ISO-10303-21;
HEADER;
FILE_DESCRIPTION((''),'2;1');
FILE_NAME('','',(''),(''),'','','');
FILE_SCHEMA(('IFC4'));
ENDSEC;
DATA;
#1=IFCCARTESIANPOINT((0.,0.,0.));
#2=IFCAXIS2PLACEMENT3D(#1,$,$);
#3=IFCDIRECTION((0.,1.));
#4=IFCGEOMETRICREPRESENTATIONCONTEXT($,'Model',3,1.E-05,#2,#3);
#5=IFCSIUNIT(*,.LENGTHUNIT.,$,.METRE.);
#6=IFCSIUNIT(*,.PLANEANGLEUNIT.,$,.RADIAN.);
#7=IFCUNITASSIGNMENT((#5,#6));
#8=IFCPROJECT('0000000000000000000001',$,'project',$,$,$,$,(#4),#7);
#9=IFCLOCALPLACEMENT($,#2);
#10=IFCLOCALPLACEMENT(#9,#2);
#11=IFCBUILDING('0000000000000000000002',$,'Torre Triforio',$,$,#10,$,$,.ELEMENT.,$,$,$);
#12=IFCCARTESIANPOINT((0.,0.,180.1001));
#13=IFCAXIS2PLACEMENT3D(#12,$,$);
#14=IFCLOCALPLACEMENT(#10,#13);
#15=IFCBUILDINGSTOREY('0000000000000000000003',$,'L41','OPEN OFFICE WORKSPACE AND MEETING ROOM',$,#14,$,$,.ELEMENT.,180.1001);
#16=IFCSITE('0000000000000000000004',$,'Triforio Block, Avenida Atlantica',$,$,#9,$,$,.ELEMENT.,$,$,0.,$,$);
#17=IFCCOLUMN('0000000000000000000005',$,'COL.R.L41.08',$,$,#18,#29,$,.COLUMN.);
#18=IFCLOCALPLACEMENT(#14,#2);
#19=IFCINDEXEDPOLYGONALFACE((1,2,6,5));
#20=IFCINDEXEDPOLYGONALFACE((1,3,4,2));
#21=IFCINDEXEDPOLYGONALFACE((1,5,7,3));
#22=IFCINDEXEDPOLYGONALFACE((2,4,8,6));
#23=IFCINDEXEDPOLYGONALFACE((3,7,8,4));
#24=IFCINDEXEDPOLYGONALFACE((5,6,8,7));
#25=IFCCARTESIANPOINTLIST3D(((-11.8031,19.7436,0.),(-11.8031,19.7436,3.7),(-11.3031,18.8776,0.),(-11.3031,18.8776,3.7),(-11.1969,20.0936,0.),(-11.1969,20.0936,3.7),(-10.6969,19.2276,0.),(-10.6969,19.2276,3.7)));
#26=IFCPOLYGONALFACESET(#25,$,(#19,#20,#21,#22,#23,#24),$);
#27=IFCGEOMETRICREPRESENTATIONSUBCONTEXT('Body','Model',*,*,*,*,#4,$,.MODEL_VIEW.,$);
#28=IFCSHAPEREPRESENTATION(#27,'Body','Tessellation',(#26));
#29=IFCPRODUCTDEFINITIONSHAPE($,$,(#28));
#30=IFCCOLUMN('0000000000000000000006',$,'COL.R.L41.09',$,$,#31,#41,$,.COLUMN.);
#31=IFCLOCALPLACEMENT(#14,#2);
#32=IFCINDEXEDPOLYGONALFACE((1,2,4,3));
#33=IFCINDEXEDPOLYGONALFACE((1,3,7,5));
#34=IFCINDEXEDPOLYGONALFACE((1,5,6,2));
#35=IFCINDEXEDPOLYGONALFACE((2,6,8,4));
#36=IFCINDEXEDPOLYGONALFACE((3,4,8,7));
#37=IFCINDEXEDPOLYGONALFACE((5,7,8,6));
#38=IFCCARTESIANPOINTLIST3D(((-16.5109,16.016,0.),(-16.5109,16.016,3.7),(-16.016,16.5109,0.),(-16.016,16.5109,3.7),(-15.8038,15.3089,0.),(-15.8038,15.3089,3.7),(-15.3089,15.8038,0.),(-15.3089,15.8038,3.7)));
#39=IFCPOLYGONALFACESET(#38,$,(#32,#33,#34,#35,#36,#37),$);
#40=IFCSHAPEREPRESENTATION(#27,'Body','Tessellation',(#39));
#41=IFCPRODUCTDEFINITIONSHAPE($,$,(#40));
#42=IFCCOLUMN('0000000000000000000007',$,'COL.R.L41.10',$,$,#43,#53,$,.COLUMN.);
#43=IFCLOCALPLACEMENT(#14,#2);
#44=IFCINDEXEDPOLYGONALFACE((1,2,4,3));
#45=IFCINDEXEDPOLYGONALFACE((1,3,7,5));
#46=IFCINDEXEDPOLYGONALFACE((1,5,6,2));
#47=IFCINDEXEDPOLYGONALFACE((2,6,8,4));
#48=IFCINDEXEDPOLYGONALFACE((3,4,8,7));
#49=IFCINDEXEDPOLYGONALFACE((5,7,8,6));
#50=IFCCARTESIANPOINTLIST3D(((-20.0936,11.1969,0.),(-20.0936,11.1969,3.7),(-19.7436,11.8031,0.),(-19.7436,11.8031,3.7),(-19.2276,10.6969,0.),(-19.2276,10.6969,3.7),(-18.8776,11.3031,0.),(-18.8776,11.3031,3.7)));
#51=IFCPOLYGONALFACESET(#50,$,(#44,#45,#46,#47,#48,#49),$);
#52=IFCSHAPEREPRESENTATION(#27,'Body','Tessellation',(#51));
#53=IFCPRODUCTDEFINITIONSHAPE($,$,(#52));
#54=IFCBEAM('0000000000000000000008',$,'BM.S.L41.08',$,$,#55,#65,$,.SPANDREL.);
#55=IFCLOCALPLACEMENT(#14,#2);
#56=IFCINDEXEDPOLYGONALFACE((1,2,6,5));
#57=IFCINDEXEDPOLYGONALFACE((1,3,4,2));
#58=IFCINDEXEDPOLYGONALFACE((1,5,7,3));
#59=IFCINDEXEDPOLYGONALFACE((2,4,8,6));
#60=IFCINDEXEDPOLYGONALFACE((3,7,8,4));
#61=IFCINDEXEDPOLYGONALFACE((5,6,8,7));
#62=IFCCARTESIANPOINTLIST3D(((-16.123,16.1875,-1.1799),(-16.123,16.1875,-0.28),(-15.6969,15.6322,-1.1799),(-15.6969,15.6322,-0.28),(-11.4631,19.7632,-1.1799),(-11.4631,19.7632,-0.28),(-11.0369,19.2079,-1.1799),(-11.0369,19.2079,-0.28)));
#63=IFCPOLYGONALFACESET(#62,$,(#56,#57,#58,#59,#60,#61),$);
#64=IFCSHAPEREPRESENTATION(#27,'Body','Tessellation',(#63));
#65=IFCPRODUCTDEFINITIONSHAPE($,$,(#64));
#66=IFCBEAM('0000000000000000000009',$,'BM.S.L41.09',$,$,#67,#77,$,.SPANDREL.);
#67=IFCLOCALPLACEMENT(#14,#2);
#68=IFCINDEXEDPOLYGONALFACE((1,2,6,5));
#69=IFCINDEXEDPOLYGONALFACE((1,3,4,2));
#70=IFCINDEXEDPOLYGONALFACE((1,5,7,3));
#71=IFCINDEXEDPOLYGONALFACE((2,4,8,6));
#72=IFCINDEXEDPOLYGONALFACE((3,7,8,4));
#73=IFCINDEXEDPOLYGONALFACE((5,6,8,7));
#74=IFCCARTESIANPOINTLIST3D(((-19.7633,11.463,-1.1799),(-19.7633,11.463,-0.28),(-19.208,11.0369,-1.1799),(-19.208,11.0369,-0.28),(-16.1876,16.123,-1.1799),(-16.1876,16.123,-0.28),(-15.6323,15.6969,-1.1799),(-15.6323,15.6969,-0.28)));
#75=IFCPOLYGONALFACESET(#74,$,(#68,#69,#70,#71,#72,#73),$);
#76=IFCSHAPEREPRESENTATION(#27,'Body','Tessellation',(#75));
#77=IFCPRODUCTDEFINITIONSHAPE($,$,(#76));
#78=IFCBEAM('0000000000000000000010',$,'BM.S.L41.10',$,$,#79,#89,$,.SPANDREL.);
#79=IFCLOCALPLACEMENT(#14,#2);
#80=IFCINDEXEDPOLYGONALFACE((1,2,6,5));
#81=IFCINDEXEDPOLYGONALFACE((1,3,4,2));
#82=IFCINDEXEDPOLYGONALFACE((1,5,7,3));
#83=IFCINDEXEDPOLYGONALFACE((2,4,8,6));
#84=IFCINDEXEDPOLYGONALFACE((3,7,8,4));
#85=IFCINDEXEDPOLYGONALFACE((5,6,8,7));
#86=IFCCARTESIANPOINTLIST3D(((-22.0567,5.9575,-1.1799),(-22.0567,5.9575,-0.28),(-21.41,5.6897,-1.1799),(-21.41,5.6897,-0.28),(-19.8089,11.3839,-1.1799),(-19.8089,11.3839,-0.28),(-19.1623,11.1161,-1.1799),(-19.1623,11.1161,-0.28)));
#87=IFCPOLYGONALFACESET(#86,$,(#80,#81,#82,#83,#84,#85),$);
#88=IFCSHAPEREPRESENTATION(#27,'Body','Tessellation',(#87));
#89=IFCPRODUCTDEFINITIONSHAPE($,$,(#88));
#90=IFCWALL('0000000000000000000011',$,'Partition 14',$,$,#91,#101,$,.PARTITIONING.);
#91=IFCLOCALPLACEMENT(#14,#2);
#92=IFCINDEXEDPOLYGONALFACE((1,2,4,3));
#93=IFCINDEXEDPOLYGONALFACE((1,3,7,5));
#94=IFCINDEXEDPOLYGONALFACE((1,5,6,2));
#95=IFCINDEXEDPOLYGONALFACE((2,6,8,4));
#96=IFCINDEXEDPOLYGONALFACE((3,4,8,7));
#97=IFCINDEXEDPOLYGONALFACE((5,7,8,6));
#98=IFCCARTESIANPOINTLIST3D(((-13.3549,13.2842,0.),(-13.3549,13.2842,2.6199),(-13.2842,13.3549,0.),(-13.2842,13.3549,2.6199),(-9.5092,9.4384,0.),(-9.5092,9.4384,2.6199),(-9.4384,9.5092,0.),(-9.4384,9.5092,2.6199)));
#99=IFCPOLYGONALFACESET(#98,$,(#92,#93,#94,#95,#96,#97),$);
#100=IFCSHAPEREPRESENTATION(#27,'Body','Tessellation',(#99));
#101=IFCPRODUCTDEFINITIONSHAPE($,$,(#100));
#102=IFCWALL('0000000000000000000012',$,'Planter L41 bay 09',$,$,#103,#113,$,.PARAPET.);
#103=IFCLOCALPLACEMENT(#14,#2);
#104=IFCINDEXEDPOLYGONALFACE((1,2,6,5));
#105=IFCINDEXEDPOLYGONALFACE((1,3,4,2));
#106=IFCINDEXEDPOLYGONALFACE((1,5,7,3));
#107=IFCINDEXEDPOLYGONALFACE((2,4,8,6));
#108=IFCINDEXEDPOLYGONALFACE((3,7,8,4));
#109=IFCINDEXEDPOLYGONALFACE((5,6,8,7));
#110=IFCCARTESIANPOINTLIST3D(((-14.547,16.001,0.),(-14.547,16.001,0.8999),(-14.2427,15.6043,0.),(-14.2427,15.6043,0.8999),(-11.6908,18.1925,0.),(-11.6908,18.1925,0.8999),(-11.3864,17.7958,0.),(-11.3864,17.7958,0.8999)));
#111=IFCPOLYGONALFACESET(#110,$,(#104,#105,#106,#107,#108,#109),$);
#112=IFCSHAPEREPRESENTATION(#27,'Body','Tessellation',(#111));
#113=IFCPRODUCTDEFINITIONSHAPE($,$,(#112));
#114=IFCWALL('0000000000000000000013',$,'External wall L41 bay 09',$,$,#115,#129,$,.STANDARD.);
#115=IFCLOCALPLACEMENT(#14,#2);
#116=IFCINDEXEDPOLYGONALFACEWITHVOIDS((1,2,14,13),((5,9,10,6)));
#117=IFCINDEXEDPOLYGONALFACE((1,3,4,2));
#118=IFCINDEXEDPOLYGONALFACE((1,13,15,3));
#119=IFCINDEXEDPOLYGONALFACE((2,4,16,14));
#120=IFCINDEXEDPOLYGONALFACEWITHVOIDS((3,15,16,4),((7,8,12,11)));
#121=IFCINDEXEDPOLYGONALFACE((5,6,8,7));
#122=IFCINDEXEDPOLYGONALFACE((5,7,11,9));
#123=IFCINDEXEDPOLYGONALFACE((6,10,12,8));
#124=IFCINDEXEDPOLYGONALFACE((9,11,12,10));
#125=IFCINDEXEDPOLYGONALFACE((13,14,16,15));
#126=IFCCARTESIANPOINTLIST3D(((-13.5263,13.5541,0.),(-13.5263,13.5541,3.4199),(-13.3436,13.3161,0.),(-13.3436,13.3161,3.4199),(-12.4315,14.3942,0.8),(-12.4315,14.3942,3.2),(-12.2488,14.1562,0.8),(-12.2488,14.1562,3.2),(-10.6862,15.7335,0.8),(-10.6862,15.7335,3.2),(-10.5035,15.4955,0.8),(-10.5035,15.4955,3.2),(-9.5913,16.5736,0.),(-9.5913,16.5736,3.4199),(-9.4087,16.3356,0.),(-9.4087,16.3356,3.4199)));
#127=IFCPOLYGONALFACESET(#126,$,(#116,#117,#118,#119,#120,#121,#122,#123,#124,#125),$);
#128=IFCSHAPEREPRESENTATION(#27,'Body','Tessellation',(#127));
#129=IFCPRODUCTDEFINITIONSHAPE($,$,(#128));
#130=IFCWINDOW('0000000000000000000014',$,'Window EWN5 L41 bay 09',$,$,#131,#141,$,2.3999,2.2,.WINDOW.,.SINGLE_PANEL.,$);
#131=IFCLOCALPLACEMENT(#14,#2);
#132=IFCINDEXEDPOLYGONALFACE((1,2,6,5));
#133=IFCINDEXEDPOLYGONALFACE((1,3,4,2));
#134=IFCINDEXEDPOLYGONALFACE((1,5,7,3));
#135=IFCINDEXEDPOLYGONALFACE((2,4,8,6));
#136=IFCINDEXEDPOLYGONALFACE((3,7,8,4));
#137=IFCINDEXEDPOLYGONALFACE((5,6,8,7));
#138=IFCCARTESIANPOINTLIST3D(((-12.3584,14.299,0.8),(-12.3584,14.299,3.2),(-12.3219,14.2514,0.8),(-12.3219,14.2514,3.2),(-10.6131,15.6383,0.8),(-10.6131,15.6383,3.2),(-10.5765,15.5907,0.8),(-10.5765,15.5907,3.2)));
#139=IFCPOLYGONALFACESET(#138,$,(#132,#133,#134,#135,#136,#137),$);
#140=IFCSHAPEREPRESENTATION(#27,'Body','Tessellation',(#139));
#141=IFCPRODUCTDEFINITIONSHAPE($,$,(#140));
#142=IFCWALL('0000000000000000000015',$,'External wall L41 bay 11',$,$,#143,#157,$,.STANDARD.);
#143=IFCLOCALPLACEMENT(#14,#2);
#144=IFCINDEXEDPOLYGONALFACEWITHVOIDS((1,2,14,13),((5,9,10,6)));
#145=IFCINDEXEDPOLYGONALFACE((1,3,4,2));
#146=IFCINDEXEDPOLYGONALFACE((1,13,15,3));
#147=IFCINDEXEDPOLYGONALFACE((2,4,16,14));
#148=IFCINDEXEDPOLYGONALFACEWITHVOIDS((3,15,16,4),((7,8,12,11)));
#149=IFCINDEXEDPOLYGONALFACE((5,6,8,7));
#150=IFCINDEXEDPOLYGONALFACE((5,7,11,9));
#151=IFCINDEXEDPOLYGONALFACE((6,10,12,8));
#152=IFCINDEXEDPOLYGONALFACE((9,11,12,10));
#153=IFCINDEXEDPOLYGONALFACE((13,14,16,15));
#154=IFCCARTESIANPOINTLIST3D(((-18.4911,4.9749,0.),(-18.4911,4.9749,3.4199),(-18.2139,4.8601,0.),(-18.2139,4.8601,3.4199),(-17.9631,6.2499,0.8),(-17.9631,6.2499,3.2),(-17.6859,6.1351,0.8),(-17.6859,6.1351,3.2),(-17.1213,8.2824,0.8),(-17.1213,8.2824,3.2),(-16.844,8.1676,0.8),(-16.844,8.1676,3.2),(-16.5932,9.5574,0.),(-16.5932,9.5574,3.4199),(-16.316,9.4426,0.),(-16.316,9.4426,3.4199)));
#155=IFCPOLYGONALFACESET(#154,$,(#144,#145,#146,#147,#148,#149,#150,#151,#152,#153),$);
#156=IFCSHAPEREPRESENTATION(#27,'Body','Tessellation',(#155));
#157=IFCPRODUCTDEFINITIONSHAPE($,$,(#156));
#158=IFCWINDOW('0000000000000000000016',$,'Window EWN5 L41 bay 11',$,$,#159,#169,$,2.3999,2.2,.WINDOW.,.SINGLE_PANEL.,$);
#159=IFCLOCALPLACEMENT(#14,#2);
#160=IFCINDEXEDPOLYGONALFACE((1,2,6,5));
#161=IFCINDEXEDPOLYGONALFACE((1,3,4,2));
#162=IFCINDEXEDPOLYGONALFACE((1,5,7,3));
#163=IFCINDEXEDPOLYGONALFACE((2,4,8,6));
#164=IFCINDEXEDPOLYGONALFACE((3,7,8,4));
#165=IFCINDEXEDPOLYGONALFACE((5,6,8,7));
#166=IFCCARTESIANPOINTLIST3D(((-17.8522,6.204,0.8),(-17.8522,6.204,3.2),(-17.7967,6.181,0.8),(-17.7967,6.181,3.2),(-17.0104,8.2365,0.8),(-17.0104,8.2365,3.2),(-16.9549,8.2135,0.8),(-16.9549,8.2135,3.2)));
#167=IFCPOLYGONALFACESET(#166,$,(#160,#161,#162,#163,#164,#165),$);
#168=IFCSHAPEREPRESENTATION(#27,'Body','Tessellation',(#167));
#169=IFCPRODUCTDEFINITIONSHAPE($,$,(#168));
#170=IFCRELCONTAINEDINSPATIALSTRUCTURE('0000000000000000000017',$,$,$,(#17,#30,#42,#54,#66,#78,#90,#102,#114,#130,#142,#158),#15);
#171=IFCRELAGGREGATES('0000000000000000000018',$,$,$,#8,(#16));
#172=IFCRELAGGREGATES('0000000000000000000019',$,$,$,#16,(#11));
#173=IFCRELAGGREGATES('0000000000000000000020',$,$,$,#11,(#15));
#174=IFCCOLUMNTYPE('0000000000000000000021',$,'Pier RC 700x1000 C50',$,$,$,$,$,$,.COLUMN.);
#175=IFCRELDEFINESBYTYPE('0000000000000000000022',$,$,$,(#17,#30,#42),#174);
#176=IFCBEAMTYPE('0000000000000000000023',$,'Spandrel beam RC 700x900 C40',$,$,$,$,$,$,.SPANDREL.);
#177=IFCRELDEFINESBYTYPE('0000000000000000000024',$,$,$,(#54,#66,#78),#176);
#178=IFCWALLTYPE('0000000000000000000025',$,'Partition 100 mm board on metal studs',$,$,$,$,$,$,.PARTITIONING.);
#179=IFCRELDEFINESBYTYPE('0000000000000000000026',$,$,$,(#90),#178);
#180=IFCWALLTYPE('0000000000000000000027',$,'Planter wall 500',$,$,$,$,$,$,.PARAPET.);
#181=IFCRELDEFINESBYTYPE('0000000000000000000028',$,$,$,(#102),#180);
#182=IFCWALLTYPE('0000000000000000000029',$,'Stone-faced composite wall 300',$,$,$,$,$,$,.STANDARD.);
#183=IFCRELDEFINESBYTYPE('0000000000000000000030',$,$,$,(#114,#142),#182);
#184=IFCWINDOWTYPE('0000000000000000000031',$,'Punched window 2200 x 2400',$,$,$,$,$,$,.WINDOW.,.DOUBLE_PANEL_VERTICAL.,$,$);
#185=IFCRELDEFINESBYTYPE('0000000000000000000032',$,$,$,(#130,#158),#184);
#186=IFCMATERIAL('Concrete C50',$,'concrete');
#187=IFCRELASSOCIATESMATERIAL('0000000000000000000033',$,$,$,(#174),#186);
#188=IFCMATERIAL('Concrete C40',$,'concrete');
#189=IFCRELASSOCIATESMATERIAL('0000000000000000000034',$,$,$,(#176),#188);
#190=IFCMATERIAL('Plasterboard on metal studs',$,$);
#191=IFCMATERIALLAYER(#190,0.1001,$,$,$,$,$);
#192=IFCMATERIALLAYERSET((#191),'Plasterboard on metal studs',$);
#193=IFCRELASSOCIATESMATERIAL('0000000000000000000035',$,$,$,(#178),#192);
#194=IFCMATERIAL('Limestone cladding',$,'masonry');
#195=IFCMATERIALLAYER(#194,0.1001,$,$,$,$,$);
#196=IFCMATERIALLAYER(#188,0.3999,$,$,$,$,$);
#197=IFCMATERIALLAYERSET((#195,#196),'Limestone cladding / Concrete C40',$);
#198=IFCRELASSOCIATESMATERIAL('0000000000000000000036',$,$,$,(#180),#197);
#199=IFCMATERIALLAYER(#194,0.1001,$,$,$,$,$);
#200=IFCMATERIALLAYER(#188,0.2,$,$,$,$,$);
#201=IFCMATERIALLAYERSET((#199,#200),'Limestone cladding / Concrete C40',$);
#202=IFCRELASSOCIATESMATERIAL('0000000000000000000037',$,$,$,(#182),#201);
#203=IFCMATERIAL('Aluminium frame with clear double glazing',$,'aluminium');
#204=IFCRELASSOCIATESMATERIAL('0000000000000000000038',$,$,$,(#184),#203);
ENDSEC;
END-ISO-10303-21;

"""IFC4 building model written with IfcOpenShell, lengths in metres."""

from ifc_helpers import new_model, si_unit, direction, frame, frame_2d, origin, origin_2d, place, context, subcontext, project, spatial, rectangle, extrude, material, layer, layer_set, material_profile, profile_set, type_object, element, fill, save


model = new_model("IFC4")

# Units and contexts
model_context = context("Model", 3, precision=1e-05, world=origin(), true_north=direction((0.0, 1.0)))
body_context = subcontext(model_context, "Body", "Model", "MODEL_VIEW")
ifc_project = project(units=[si_unit("LENGTHUNIT", "METRE"), si_unit("PLANEANGLEUNIT", "RADIAN")], contexts=[model_context])

# Site, building, storey
site_placement = place(None, origin())
site = spatial("IfcSite", under=ifc_project, at=site_placement, Name="Triforio Block, Avenida Atlantica", CompositionType="ELEMENT", RefElevation=0.0)
building_placement = place(site_placement, origin())
building = spatial("IfcBuilding", under=site, at=building_placement, Name="Torre Triforio", CompositionType="ELEMENT")
storey_placement = place(building_placement, frame((0.0, 0.0, 180.1001)))
storey = spatial("IfcBuildingStorey", under=building, at=storey_placement, Name="L41", Description="OPEN OFFICE WORKSPACE AND MEETING ROOM", CompositionType="ELEMENT", Elevation=180.1001)

# Columns
ifc_material_1 = material(Name="Concrete C50", Category="concrete")
ifc_material_profile_1 = material_profile(ifc_material_1, rectangle(XDim=0.7, YDim=1.0, at=origin_2d()), Name="RC 700x1000")
ifc_profile_set_1 = profile_set([ifc_material_profile_1], Name="Concrete C50")
column_type = type_object("IfcColumnType", Name="Pier RC 700x1000 C50", PredefinedType="COLUMN", material=ifc_profile_set_1)
for number, where, z_axis, x_axis, name in (
    (1, (-11.25, 19.4856, 0.0), (0.0, 0.0, 1.0), (-0.866025, -0.5, 0.0), "COL.R.L41.08"),
    (2, (-15.9099, 15.9099, 0.0), (0.0, 0.0, 1.0), (-0.707107, -0.707107, 0.0), "COL.R.L41.09"),
    (3, (-19.4856, 11.25, 0.0), (0.0, 0.0, 1.0), (-0.5, -0.866025, 0.0), "COL.R.L41.10"),
):
    element("IfcColumn", number, at=place(storey_placement, frame(where, z_axis=z_axis, x_axis=x_axis)), inside=storey, type_object=column_type, Name=name, PredefinedType="COLUMN", context=body_context, shape_type="SweptSolid", body=[
        extrude(rectangle(XDim=0.7, YDim=1.0, at=origin_2d()), origin(), (0.0, 0.0, 1.0), 3.7),
    ])

# Beams
ifc_material_2 = material(Name="Concrete C40", Category="concrete")
ifc_material_profile_2 = material_profile(ifc_material_2, rectangle(XDim=0.7, YDim=0.8999, at=origin_2d()), Name="RC 700x900")
ifc_profile_set_2 = profile_set([ifc_material_profile_2], Name="Concrete C40")
beam_type = type_object("IfcBeamType", Name="Spandrel beam RC 700x900 C40", PredefinedType="SPANDREL", material=ifc_profile_set_2)
for number, where, z_axis, x_axis, name in (
    (4, (-11.25, 19.4856, -0.73), (-0.793353, -0.608762, 0.0), (0.608762, -0.793353, 0.0), "BM.S.L41.08"),
    (5, (-15.9099, 15.9099, -0.73), (-0.608762, -0.793353, 0.0), (0.793353, -0.608762, 0.0), "BM.S.L41.09"),
):
    element("IfcBeam", number, at=place(storey_placement, frame(where, z_axis=z_axis, x_axis=x_axis)), inside=storey, type_object=beam_type, Name=name, PredefinedType="SPANDREL", context=body_context, shape_type="SweptSolid", body=[
        extrude(rectangle(XDim=0.7, YDim=0.8999, at=origin_2d()), origin(), (0.0, 0.0, 1.0), 5.8738),
    ])
beam_placement = place(storey_placement, frame((-19.4856, 11.25, -0.73), z_axis=(-0.382693, -0.923875, 0.0), x_axis=(0.923875, -0.382693, 0.0)))
element("IfcBeam", 6, at=beam_placement, inside=storey, type_object=beam_type, Name="BM.S.L41.10", PredefinedType="SPANDREL", context=body_context, shape_type="SweptSolid", body=[
    extrude(rectangle(XDim=0.7, YDim=0.8999, at=origin_2d()), origin(), (0.0, 0.0, 1.0), 5.8735),
])

# Walls
ifc_material_3 = material(Name="Plasterboard on metal studs")
ifc_layer_1 = layer(ifc_material_3, 0.1001)
ifc_layer_set_1 = layer_set([ifc_layer_1], Name="Plasterboard on metal studs")
wall_type_1 = type_object("IfcWallType", Name="Partition 100 mm board on metal studs", PredefinedType="PARTITIONING", material=ifc_layer_set_1)
wall_1_placement = place(storey_placement, frame((-9.4739, 9.4739, 0.0), z_axis=(0.0, 0.0, 1.0), x_axis=(-0.707107, 0.707107, 0.0)))
element("IfcWall", 7, at=wall_1_placement, inside=storey, type_object=wall_type_1, Name="Partition 14", PredefinedType="PARTITIONING", context=body_context, shape_type="SweptSolid", body=[
    extrude(rectangle(XDim=5.4387, YDim=0.1001, at=frame_2d((2.7192, 0.0))), origin(), (0.0, 0.0, 1.0), 2.6199),
])
ifc_material_4 = material(Name="Limestone cladding", Category="masonry")
ifc_layer_2 = layer(ifc_material_4, 0.1001)
ifc_layer_3 = layer(ifc_material_2, 0.3999)
ifc_layer_set_2 = layer_set([ifc_layer_2, ifc_layer_3], Name="Limestone cladding / Concrete C40")
wall_type_2 = type_object("IfcWallType", Name="Planter wall 500", PredefinedType="PARAPET", material=ifc_layer_set_2)
wall_2_placement = place(storey_placement, frame((-11.5386, 17.9941, 0.0), z_axis=(0.0, 0.0, 1.0), x_axis=(-0.793385, -0.608721, 0.0)))
element("IfcWall", 8, at=wall_2_placement, inside=storey, type_object=wall_type_2, Name="Planter L41 bay 09", PredefinedType="PARAPET", context=body_context, shape_type="SweptSolid", body=[
    extrude(rectangle(XDim=3.6001, YDim=0.5, at=frame_2d((1.8, 0.0))), origin(), (0.0, 0.0, 1.0), 0.8999),
])

# Wall, opening, window
ifc_layer_4 = layer(ifc_material_4, 0.1001)
ifc_layer_5 = layer(ifc_material_2, 0.2)
ifc_layer_set_3 = layer_set([ifc_layer_4, ifc_layer_5], Name="Limestone cladding / Concrete C40")
wall_type_3 = type_object("IfcWallType", Name="Stone-faced composite wall 300", PredefinedType="STANDARD", material=ifc_layer_set_3)
wall_3_placement = place(storey_placement, frame((-9.5, 16.4546, 0.0), z_axis=(0.0, 0.0, 1.0), x_axis=(-0.793348, -0.608768, 0.0)))
wall_3 = element("IfcWall", 9, at=wall_3_placement, inside=storey, type_object=wall_type_3, Name="External wall L41 bay 09", PredefinedType="STANDARD", context=body_context, shape_type="SweptSolid", body=[
    extrude(rectangle(XDim=4.96, YDim=0.3, at=frame_2d((2.48, 0.0))), origin(), (0.0, 0.0, 1.0), 3.4199),
])
opening_1_placement = place(wall_3_placement, frame((1.3799, 0.0, 0.8)))
opening_1 = element("IfcOpeningElement", 10, at=opening_1_placement, cuts=wall_3, PredefinedType="OPENING", context=body_context, shape_type="SweptSolid", body=[
    extrude(rectangle(XDim=2.2, YDim=2.3999, at=frame_2d((1.1001, 1.2))), frame((0.0, 0.1599, 0.0), z_axis=(0.0, -1.0, 0.0), x_axis=(1.0, 0.0, 0.0)), (0.0, 0.0, 1.0), 0.3201),
])
ifc_material_5 = material(Name="Aluminium frame with clear double glazing", Category="aluminium")
window_type_1 = type_object("IfcWindowType", Name="Punched window 2200 x 2400", PartitioningType="DOUBLE_PANEL_VERTICAL", PredefinedType="WINDOW", material=ifc_material_5)
window_1_placement = place(opening_1_placement, origin())
window_1 = element("IfcWindow", 11, at=window_1_placement, inside=storey, type_object=window_type_1, Name="Window EWN5 L41 bay 09", OverallHeight=2.3999, OverallWidth=2.2, PartitioningType="SINGLE_PANEL", PredefinedType="WINDOW", context=body_context, shape_type="SweptSolid", body=[
    extrude(rectangle(XDim=2.2, YDim=2.3999, at=frame_2d((1.1001, 1.2))), frame((0.0, 0.03, 0.0), z_axis=(0.0, -1.0, 0.0), x_axis=(1.0, 0.0, 0.0)), (0.0, 0.0, 1.0), 0.0601),
])
fill(opening_1, window_1)

# Wall, opening, window
wall_4_placement = place(storey_placement, frame((-16.4546, 9.5, 0.0), z_axis=(0.0, 0.0, 1.0), x_axis=(-0.38265, -0.923893, 0.0)))
wall_4 = element("IfcWall", 12, at=wall_4_placement, inside=storey, type_object=wall_type_3, Name="External wall L41 bay 11", PredefinedType="STANDARD", context=body_context, shape_type="SweptSolid", body=[
    extrude(rectangle(XDim=4.96, YDim=0.3, at=frame_2d((2.48, 0.0))), origin(), (0.0, 0.0, 1.0), 3.4199),
])
opening_2_placement = place(wall_4_placement, frame((1.3799, 0.0, 0.8)))
opening_2 = element("IfcOpeningElement", 13, at=opening_2_placement, cuts=wall_4, PredefinedType="OPENING", context=body_context, shape_type="SweptSolid", body=[
    extrude(rectangle(XDim=2.2, YDim=2.3999, at=frame_2d((1.1001, 1.2))), frame((0.0, 0.1599, 0.0), z_axis=(0.0, -1.0, 0.0), x_axis=(1.0, 0.0, 0.0)), (0.0, 0.0, 1.0), 0.3201),
])
window_2_placement = place(opening_2_placement, origin())
window_2 = element("IfcWindow", 14, at=window_2_placement, inside=storey, type_object=window_type_1, Name="Window EWN5 L41 bay 11", OverallHeight=2.3999, OverallWidth=2.2, PartitioningType="SINGLE_PANEL", PredefinedType="WINDOW", context=body_context, shape_type="SweptSolid", body=[
    extrude(rectangle(XDim=2.2, YDim=2.3999, at=frame_2d((1.1001, 1.2))), frame((0.0, 0.03, 0.0), z_axis=(0.0, -1.0, 0.0), x_axis=(1.0, 0.0, 0.0)), (0.0, 0.0, 1.0), 0.0601),
])
fill(opening_2, window_2)

save(model, "model.ifc")
